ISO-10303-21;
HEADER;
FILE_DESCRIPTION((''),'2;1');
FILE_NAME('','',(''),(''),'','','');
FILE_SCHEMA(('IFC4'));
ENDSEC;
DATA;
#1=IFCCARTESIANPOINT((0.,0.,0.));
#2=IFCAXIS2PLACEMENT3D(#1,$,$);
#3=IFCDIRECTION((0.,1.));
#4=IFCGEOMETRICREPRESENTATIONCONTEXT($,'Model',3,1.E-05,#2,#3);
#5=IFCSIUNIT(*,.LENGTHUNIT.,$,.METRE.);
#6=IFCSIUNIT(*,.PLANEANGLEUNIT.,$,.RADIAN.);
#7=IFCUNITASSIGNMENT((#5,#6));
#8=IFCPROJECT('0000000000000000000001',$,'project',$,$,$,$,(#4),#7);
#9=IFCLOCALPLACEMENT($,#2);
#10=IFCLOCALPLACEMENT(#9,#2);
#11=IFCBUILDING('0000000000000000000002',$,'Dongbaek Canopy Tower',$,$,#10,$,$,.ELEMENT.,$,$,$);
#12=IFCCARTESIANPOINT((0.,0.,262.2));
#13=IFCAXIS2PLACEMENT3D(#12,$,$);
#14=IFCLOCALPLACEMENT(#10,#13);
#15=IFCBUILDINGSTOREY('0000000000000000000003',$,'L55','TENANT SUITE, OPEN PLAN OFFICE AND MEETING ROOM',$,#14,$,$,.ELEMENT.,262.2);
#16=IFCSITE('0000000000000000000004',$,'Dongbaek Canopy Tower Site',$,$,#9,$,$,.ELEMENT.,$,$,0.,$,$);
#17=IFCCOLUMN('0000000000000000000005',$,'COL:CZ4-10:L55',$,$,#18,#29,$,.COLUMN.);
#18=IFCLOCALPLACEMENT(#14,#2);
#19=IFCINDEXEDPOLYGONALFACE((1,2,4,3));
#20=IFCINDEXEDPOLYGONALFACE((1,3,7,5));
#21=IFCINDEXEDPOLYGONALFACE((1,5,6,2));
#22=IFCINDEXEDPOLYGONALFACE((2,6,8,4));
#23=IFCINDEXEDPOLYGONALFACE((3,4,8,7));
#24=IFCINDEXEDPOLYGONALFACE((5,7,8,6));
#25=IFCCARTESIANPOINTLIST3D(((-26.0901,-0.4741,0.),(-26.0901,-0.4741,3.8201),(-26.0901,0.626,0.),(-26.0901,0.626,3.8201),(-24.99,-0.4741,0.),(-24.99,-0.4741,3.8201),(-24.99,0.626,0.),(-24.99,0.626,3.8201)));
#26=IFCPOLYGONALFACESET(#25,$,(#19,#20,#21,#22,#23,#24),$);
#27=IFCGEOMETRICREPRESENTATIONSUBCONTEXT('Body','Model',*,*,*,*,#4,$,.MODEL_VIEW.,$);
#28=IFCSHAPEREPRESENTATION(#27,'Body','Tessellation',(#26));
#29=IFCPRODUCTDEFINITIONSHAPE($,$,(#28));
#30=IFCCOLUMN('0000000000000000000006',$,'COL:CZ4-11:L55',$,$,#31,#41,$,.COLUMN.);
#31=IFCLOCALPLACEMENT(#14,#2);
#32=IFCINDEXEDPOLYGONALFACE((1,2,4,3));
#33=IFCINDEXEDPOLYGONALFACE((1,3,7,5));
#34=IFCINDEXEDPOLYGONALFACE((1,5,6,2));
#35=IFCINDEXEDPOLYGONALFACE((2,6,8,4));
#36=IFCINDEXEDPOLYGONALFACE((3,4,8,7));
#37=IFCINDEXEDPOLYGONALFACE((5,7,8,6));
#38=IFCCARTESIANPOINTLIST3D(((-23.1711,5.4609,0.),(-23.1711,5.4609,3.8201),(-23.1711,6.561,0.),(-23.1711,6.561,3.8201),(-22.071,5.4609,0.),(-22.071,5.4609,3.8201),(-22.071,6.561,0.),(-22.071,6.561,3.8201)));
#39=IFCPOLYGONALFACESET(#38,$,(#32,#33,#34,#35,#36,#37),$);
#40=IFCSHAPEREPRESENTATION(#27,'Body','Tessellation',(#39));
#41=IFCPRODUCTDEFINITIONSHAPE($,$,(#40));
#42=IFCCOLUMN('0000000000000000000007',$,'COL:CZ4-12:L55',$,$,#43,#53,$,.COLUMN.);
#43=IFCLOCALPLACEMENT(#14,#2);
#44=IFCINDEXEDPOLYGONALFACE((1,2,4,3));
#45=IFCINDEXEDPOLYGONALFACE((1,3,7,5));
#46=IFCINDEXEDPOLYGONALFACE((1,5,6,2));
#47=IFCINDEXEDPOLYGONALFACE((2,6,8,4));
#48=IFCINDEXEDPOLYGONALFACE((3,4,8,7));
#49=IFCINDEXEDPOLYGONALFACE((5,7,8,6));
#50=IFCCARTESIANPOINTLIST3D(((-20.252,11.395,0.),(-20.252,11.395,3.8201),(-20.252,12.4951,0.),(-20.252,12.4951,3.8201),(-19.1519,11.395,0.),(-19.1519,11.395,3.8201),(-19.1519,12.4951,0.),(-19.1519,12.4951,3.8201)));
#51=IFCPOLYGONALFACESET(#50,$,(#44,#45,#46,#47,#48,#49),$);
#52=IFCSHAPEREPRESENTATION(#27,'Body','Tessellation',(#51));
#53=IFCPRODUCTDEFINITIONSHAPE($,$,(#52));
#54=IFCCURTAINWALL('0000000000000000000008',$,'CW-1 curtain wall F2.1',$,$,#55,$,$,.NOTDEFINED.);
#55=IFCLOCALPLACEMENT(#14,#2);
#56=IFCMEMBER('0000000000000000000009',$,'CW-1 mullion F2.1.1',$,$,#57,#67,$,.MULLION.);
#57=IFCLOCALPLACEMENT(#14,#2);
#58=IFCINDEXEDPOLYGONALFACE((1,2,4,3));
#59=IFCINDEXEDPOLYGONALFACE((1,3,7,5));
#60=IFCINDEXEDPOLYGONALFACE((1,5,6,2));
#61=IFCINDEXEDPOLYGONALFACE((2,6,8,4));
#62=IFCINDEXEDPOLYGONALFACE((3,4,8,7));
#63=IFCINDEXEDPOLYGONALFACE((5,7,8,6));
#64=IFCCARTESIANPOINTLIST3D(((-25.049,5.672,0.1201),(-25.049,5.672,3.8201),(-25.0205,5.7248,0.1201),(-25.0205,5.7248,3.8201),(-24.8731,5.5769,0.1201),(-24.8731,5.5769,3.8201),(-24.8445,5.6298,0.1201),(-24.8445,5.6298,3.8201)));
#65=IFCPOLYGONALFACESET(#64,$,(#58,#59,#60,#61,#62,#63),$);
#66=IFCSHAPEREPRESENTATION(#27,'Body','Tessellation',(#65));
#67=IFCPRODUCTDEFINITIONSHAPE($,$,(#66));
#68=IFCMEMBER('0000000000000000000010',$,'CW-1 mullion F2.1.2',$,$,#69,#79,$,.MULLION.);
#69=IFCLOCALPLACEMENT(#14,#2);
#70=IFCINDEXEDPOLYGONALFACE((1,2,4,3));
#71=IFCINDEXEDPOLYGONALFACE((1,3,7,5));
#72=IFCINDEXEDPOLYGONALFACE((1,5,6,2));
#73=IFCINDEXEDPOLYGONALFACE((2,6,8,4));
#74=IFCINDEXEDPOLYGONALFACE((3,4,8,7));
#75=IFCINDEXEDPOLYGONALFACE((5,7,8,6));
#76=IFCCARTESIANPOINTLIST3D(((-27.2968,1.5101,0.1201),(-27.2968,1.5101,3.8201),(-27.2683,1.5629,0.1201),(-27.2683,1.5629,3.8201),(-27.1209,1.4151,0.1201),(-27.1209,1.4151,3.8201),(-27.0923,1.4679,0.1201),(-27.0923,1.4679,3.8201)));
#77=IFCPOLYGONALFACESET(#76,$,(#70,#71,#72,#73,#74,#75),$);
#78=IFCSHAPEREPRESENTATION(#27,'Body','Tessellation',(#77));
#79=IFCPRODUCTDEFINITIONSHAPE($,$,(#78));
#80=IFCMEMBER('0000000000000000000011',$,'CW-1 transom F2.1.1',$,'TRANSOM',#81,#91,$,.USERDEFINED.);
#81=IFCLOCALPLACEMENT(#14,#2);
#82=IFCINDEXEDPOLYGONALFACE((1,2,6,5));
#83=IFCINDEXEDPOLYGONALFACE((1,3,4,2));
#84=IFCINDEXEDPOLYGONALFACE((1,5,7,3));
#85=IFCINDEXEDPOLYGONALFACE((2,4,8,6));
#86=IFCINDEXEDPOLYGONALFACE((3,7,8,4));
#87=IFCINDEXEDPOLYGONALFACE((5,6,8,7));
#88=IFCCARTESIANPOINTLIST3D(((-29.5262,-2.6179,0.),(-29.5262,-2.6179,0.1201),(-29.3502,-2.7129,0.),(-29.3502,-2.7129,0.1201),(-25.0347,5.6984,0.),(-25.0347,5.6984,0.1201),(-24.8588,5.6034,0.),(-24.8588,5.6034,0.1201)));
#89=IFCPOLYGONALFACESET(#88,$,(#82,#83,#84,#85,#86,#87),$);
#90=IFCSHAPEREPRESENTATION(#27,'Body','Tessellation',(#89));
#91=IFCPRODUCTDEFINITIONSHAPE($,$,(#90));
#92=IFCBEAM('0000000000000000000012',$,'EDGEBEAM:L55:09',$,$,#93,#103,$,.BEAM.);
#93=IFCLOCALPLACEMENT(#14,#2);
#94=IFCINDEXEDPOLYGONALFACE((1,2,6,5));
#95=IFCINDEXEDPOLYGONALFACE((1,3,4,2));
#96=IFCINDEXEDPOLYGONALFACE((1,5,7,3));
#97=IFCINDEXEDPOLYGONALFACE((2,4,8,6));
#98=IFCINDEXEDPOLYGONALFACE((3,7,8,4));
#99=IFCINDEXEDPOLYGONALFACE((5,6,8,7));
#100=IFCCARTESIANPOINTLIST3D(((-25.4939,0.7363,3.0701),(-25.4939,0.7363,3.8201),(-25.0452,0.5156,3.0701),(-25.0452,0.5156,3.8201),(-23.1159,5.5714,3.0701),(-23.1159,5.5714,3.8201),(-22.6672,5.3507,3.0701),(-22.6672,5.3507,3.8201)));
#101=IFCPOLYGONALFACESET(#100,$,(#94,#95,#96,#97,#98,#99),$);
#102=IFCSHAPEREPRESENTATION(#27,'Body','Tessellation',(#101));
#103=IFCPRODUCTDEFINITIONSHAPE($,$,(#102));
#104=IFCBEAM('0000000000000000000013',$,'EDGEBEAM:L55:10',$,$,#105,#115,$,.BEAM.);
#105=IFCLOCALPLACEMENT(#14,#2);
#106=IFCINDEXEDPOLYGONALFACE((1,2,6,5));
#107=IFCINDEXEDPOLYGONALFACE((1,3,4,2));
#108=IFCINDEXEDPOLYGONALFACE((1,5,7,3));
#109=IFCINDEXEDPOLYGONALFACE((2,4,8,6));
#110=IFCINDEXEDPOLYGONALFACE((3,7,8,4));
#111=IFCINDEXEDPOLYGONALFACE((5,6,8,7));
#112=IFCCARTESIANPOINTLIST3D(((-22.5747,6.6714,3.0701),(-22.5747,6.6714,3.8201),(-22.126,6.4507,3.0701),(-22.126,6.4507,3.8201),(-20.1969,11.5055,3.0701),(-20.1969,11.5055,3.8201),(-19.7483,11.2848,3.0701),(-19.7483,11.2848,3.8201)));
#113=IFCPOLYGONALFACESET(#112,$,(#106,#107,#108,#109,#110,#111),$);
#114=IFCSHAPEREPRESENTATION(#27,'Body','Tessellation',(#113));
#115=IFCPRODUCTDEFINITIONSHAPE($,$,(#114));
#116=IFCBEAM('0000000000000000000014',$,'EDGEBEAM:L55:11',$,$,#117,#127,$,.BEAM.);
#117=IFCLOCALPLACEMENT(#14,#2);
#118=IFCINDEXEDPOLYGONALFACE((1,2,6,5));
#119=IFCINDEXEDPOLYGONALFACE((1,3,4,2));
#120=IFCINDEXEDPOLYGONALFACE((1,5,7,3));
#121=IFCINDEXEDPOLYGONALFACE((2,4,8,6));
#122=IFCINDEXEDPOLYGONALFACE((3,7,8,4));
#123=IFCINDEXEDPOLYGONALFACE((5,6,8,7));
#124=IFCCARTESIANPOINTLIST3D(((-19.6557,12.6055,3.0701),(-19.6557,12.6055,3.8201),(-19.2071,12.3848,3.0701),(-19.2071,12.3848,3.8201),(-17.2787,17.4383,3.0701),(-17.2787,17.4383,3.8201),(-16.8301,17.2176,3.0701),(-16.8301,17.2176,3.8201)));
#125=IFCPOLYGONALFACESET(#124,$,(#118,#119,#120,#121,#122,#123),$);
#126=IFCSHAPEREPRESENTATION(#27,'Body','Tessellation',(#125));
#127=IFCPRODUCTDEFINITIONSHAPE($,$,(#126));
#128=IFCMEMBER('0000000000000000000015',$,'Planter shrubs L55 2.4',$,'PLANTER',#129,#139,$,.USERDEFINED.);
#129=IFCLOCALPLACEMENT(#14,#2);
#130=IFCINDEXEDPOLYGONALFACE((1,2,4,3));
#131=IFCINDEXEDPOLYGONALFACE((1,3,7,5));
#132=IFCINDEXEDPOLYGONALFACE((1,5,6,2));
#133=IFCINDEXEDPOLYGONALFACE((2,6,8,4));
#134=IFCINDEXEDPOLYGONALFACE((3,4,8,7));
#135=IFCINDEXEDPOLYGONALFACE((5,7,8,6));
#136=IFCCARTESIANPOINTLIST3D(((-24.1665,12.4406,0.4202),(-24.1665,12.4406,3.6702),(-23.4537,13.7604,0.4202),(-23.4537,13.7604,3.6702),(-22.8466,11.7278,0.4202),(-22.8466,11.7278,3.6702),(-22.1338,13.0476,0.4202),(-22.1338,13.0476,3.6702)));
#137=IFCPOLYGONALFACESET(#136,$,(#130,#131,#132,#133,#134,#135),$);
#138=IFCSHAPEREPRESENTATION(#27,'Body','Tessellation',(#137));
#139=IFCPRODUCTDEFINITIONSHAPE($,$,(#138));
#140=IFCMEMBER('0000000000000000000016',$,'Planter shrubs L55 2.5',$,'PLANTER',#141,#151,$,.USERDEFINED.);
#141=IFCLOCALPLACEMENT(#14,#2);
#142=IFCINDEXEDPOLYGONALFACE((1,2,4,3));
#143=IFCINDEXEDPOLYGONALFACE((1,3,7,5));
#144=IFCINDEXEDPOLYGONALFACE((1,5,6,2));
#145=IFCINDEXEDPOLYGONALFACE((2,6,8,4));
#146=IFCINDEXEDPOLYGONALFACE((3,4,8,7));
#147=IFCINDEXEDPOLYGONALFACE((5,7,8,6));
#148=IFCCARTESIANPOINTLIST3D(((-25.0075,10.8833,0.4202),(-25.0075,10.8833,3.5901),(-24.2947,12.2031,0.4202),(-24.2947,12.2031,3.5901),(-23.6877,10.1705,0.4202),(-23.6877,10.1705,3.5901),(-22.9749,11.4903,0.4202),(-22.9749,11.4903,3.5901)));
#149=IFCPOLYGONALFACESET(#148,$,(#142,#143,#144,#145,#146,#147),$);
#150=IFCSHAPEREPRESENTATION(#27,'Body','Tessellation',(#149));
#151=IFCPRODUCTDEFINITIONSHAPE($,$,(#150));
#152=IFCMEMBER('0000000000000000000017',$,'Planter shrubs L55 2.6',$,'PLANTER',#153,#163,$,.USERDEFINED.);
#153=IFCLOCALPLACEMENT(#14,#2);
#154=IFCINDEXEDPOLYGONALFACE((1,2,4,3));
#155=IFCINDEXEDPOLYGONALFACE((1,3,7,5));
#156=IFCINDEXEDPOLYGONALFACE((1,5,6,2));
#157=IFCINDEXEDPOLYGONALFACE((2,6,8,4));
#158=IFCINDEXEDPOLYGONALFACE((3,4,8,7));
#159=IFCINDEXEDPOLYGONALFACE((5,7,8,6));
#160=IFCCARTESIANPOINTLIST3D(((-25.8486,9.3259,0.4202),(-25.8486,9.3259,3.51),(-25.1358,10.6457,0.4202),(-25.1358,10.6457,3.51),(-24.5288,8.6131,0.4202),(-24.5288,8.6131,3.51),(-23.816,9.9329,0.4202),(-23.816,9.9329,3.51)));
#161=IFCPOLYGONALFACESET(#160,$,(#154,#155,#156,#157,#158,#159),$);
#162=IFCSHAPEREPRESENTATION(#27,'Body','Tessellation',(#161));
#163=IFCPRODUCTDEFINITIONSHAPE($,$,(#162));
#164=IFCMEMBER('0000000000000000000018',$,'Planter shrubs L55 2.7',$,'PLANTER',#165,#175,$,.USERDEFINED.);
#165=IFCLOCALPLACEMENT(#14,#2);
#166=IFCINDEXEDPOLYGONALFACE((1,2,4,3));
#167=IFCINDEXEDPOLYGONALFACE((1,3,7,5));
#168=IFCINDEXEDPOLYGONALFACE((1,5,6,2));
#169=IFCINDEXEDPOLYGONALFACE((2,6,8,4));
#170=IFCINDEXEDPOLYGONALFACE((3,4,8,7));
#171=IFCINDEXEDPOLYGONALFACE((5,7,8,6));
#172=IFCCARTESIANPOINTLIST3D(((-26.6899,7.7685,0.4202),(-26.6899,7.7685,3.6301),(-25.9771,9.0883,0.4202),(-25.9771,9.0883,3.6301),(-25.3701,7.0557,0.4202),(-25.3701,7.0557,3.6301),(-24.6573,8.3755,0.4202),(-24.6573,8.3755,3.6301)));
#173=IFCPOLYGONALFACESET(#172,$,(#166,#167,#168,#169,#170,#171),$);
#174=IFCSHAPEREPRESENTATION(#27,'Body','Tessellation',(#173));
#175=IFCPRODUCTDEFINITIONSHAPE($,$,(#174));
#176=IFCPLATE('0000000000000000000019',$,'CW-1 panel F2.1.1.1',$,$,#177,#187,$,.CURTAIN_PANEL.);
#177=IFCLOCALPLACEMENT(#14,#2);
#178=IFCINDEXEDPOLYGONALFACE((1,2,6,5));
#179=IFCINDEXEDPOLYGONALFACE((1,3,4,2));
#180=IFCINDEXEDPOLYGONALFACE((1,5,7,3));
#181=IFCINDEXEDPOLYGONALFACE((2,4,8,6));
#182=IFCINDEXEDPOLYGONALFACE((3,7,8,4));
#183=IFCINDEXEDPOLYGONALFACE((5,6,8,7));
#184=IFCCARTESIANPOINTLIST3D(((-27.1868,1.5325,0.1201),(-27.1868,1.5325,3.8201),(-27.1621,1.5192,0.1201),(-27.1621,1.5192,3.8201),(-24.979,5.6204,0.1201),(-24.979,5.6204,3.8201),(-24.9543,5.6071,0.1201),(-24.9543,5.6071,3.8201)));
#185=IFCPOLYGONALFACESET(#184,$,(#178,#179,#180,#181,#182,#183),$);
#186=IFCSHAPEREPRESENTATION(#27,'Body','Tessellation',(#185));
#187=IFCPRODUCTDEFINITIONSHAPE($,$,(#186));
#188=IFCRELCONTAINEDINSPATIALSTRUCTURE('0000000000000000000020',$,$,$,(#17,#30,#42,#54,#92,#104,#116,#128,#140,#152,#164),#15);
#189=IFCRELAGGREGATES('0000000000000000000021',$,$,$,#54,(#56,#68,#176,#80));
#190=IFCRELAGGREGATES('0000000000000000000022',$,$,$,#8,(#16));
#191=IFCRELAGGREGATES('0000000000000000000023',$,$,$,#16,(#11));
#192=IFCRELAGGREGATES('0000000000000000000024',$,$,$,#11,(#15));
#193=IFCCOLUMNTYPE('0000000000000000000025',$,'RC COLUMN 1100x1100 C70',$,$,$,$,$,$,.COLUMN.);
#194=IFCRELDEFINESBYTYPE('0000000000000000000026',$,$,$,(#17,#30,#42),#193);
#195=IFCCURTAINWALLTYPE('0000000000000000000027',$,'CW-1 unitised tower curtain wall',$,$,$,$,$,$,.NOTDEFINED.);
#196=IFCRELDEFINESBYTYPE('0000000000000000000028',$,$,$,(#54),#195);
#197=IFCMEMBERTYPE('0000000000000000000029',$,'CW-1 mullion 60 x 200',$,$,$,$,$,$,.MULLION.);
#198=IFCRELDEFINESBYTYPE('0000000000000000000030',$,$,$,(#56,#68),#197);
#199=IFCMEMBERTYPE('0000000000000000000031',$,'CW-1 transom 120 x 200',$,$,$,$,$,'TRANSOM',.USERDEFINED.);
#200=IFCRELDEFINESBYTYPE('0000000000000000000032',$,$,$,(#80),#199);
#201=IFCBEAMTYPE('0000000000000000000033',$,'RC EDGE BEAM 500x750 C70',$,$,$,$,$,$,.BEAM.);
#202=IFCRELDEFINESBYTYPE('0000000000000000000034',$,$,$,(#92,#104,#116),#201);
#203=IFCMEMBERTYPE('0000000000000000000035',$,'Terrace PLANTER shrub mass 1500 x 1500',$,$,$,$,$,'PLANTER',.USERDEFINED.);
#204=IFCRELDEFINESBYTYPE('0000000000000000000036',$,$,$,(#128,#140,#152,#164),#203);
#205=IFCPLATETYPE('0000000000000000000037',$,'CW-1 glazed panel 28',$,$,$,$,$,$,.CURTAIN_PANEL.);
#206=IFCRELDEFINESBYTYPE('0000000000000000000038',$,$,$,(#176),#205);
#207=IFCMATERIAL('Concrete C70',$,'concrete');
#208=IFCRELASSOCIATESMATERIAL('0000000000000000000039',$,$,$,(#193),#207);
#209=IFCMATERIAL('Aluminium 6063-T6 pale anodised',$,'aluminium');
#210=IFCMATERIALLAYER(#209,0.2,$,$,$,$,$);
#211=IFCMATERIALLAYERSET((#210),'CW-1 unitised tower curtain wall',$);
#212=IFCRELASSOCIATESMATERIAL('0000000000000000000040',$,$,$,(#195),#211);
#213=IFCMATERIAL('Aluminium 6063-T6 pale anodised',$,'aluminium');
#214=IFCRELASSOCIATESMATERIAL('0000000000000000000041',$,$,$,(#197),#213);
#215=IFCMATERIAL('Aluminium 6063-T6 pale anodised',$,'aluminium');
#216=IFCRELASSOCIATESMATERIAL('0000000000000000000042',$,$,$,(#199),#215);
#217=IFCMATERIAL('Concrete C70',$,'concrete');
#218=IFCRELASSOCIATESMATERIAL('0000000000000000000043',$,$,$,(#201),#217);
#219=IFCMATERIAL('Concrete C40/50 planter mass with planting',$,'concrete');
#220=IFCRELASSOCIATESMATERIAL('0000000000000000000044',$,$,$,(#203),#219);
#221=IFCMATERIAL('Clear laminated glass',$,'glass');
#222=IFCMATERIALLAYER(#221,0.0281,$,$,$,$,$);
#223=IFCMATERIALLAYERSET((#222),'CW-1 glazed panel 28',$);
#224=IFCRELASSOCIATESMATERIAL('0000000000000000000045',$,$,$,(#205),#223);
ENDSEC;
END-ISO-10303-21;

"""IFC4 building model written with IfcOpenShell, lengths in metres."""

from ifc_helpers import new_model, si_unit, direction, frame, origin, origin_2d, place, context, subcontext, project, spatial, rectangle, extrude, material, layer, layer_set, material_profile, profile_set, type_object, element, aggregate, save


model = new_model("IFC4")

# Units and contexts
model_context = context("Model", 3, precision=1e-05, world=origin(), true_north=direction((0.0, 1.0)))
body_context = subcontext(model_context, "Body", "Model", "MODEL_VIEW")
ifc_project = project(units=[si_unit("LENGTHUNIT", "METRE"), si_unit("PLANEANGLEUNIT", "RADIAN")], contexts=[model_context])

# Site, building, storey
site_placement = place(None, origin())
site = spatial("IfcSite", under=ifc_project, at=site_placement, Name="Dongbaek Canopy Tower Site", CompositionType="ELEMENT", RefElevation=0.0)
building_placement = place(site_placement, origin())
building = spatial("IfcBuilding", under=site, at=building_placement, Name="Dongbaek Canopy Tower", CompositionType="ELEMENT")
storey_placement = place(building_placement, frame((0.0, 0.0, 262.2)))
storey = spatial("IfcBuildingStorey", under=building, at=storey_placement, Name="L55", Description="TENANT SUITE, OPEN PLAN OFFICE AND MEETING ROOM", CompositionType="ELEMENT", Elevation=262.2)

# Columns
ifc_material_1 = material(Name="Concrete C70", Category="concrete")
ifc_material_profile_1 = material_profile(ifc_material_1, rectangle(XDim=1.1001, YDim=1.1001, at=origin_2d()), Name="RC COLUMN 1100x1100 C70")
ifc_profile_set_1 = profile_set([ifc_material_profile_1], Name="Concrete C70")
column_type = type_object("IfcColumnType", Name="RC COLUMN 1100x1100 C70", PredefinedType="COLUMN", material=ifc_profile_set_1)
for number, where, z_axis, x_axis, name in (
    (1, (-25.54, 0.0759, 0.0), (0.0, 0.0, 1.0), (1.0, 0.0, 0.0), "COL:CZ4-10:L55"),
    (2, (-22.6211, 6.011, 0.0), (0.0, 0.0, 1.0), (1.0, 0.0, 0.0), "COL:CZ4-11:L55"),
    (3, (-19.7019, 11.9451, 0.0), (0.0, 0.0, 1.0), (1.0, 0.0, 0.0), "COL:CZ4-12:L55"),
):
    element("IfcColumn", number, at=place(storey_placement, frame(where, z_axis=z_axis, x_axis=x_axis)), inside=storey, type_object=column_type, Name=name, PredefinedType="COLUMN", context=body_context, shape_type="SweptSolid", body=[
        extrude(rectangle(XDim=1.1001, YDim=1.1001, at=origin_2d()), origin(), (0.0, 0.0, 1.0), 3.8201),
    ])

# Curtain wall, members
ifc_material_2 = material(Name="Aluminium 6063-T6 pale anodised", Category="aluminium")
ifc_layer_1 = layer(ifc_material_2, 0.2)
ifc_layer_set_1 = layer_set([ifc_layer_1], Name="CW-1 unitised tower curtain wall")
curtain_wall_type = type_object("IfcCurtainWallType", Name="CW-1 unitised tower curtain wall", PredefinedType="NOTDEFINED", material=ifc_layer_set_1)
curtain_wall_placement = place(storey_placement, origin())
curtain_wall = element("IfcCurtainWall", 4, at=curtain_wall_placement, inside=storey, type_object=curtain_wall_type, Name="CW-1 curtain wall F2.1", PredefinedType="NOTDEFINED")
ifc_material_3 = material(Name="Aluminium 6063-T6 pale anodised", Category="aluminium")
ifc_material_profile_2 = material_profile(ifc_material_3, rectangle(XDim=0.2, YDim=0.0601, at=origin_2d()), Name="CW-1 mullion 60 x 200")
ifc_profile_set_2 = profile_set([ifc_material_profile_2], Name="Aluminium 6063-T6 pale anodised")
member_type_1 = type_object("IfcMemberType", Name="CW-1 mullion 60 x 200", PredefinedType="MULLION", material=ifc_profile_set_2)
member_1_placement = place(storey_placement, frame((-24.9468, 5.6509, 0.1201), z_axis=(0.0, 0.0, 1.0), x_axis=(-0.879877, 0.475202, 0.0)))
member_1 = element("IfcMember", 5, at=member_1_placement, type_object=member_type_1, Name="CW-1 mullion F2.1.1", PredefinedType="MULLION", context=body_context, shape_type="SweptSolid", body=[
    extrude(rectangle(XDim=0.2, YDim=0.0601, at=origin_2d()), origin(), (0.0, 0.0, 1.0), 3.7),
])
member_2_placement = place(storey_placement, frame((-27.1946, 1.489, 0.1201), z_axis=(0.0, 0.0, 1.0), x_axis=(-0.879877, 0.475202, 0.0)))
member_2 = element("IfcMember", 6, at=member_2_placement, type_object=member_type_1, Name="CW-1 mullion F2.1.2", PredefinedType="MULLION", context=body_context, shape_type="SweptSolid", body=[
    extrude(rectangle(XDim=0.2, YDim=0.0601, at=origin_2d()), origin(), (0.0, 0.0, 1.0), 3.7),
])
ifc_material_4 = material(Name="Aluminium 6063-T6 pale anodised", Category="aluminium")
ifc_material_profile_3 = material_profile(ifc_material_4, rectangle(XDim=0.2, YDim=0.1201, at=origin_2d()), Name="CW-1 transom 120 x 200")
ifc_profile_set_3 = profile_set([ifc_material_profile_3], Name="Aluminium 6063-T6 pale anodised")
member_type_2 = type_object("IfcMemberType", Name="CW-1 transom 120 x 200", ElementType="TRANSOM", PredefinedType="USERDEFINED", material=ifc_profile_set_3)
member_3_placement = place(storey_placement, frame((-24.9468, 5.6509, 0.0601), z_axis=(-0.475198, -0.879879, 0.0), x_axis=(0.879879, -0.475198, 0.0)))
member_3 = element("IfcMember", 7, at=member_3_placement, type_object=member_type_2, Name="CW-1 transom F2.1.1", ObjectType="TRANSOM", PredefinedType="USERDEFINED", context=body_context, shape_type="SweptSolid", body=[
    extrude(rectangle(XDim=0.2, YDim=0.1201, at=origin_2d()), origin(), (0.0, 0.0, 1.0), 9.4517),
])

# Beams
ifc_material_5 = material(Name="Concrete C70", Category="concrete")
ifc_material_profile_4 = material_profile(ifc_material_5, rectangle(XDim=0.5, YDim=0.75, at=origin_2d()), Name="RC EDGE BEAM 500x750 C70")
ifc_profile_set_4 = profile_set([ifc_material_profile_4], Name="Concrete C70")
beam_type = type_object("IfcBeamType", Name="RC EDGE BEAM 500x750 C70", PredefinedType="BEAM", material=ifc_profile_set_4)
beam_1_placement = place(storey_placement, frame((-25.2695, 0.626, 3.4451), z_axis=(0.441332, 0.897344, 0.0), x_axis=(-0.897344, 0.441332, 0.0)))
element("IfcBeam", 8, at=beam_1_placement, inside=storey, type_object=beam_type, Name="EDGEBEAM:L55:09", PredefinedType="BEAM", context=body_context, shape_type="SweptSolid", body=[
    extrude(rectangle(XDim=0.5, YDim=0.75, at=origin_2d()), origin(), (0.0, 0.0, 1.0), 5.3882),
])
beam_2_placement = place(storey_placement, frame((-22.3503, 6.561, 3.4451), z_axis=(0.441367, 0.897327, 0.0), x_axis=(-0.897327, 0.441367, 0.0)))
element("IfcBeam", 9, at=beam_2_placement, inside=storey, type_object=beam_type, Name="EDGEBEAM:L55:10", PredefinedType="BEAM", context=body_context, shape_type="SweptSolid", body=[
    extrude(rectangle(XDim=0.5, YDim=0.75, at=origin_2d()), origin(), (0.0, 0.0, 1.0), 5.3872),
])
beam_3_placement = place(storey_placement, frame((-19.4314, 12.4951, 3.4451), z_axis=(0.441347, 0.897336, 0.0), x_axis=(-0.897336, 0.441347, 0.0)))
element("IfcBeam", 10, at=beam_3_placement, inside=storey, type_object=beam_type, Name="EDGEBEAM:L55:11", PredefinedType="BEAM", context=body_context, shape_type="SweptSolid", body=[
    extrude(rectangle(XDim=0.5, YDim=0.75, at=origin_2d()), origin(), (0.0, 0.0, 1.0), 5.3857),
])

# Members
ifc_material_6 = material(Name="Concrete C40/50 planter mass with planting", Category="concrete")
ifc_material_profile_5 = material_profile(ifc_material_6, rectangle(XDim=1.5, YDim=1.5, at=origin_2d()), Name="Terrace PLANTER shrub mass 1500 x 1500")
ifc_profile_set_5 = profile_set([ifc_material_profile_5], Name="Concrete C40/50 planter mass with planting")
member_type_3 = type_object("IfcMemberType", Name="Terrace PLANTER shrub mass 1500 x 1500", ElementType="PLANTER", PredefinedType="USERDEFINED", material=ifc_profile_set_5)
member_4_placement = place(storey_placement, frame((-23.1501, 12.7441, 0.4202), z_axis=(0.0, 0.0, 1.0), x_axis=(-0.879877, 0.475202, 0.0)))
element("IfcMember", 11, at=member_4_placement, inside=storey, type_object=member_type_3, Name="Planter shrubs L55 2.4", ObjectType="PLANTER", PredefinedType="USERDEFINED", context=body_context, shape_type="SweptSolid", body=[
    extrude(rectangle(XDim=1.5, YDim=1.5, at=origin_2d()), origin(), (0.0, 0.0, 1.0), 3.25),
])
member_5_placement = place(storey_placement, frame((-23.9912, 11.1868, 0.4202), z_axis=(0.0, 0.0, 1.0), x_axis=(-0.879877, 0.475202, 0.0)))
element("IfcMember", 12, at=member_5_placement, inside=storey, type_object=member_type_3, Name="Planter shrubs L55 2.5", ObjectType="PLANTER", PredefinedType="USERDEFINED", context=body_context, shape_type="SweptSolid", body=[
    extrude(rectangle(XDim=1.5, YDim=1.5, at=origin_2d()), origin(), (0.0, 0.0, 1.0), 3.1699),
])
member_6_placement = place(storey_placement, frame((-24.8323, 9.6294, 0.4202), z_axis=(0.0, 0.0, 1.0), x_axis=(-0.879877, 0.475202, 0.0)))
element("IfcMember", 13, at=member_6_placement, inside=storey, type_object=member_type_3, Name="Planter shrubs L55 2.6", ObjectType="PLANTER", PredefinedType="USERDEFINED", context=body_context, shape_type="SweptSolid", body=[
    extrude(rectangle(XDim=1.5, YDim=1.5, at=origin_2d()), origin(), (0.0, 0.0, 1.0), 3.0898),
])
member_7_placement = place(storey_placement, frame((-25.6736, 8.072, 0.4202), z_axis=(0.0, 0.0, 1.0), x_axis=(-0.879877, 0.475202, 0.0)))
element("IfcMember", 14, at=member_7_placement, inside=storey, type_object=member_type_3, Name="Planter shrubs L55 2.7", ObjectType="PLANTER", PredefinedType="USERDEFINED", context=body_context, shape_type="SweptSolid", body=[
    extrude(rectangle(XDim=1.5, YDim=1.5, at=origin_2d()), origin(), (0.0, 0.0, 1.0), 3.21),
])

# Plate
ifc_material_7 = material(Name="Clear laminated glass", Category="glass")
ifc_layer_2 = layer(ifc_material_7, 0.0281)
ifc_layer_set_2 = layer_set([ifc_layer_2], Name="CW-1 glazed panel 28")
plate_type = type_object("IfcPlateType", Name="CW-1 glazed panel 28", PredefinedType="CURTAIN_PANEL", material=ifc_layer_set_2)
plate_placement = place(storey_placement, frame((-26.0706, 3.5698, 0.1201), z_axis=(0.0, 0.0, 1.0), x_axis=(-0.475202, -0.879877, 0.0)))
plate = element("IfcPlate", 15, at=plate_placement, type_object=plate_type, Name="CW-1 panel F2.1.1.1", PredefinedType="CURTAIN_PANEL", context=body_context, shape_type="SweptSolid", body=[
    extrude(rectangle(XDim=4.646, YDim=0.0281, at=origin_2d()), origin(), (0.0, 0.0, 1.0), 3.7),
])

aggregate(curtain_wall, [member_1, member_2, plate, member_3])

save(model, "model.ifc")
